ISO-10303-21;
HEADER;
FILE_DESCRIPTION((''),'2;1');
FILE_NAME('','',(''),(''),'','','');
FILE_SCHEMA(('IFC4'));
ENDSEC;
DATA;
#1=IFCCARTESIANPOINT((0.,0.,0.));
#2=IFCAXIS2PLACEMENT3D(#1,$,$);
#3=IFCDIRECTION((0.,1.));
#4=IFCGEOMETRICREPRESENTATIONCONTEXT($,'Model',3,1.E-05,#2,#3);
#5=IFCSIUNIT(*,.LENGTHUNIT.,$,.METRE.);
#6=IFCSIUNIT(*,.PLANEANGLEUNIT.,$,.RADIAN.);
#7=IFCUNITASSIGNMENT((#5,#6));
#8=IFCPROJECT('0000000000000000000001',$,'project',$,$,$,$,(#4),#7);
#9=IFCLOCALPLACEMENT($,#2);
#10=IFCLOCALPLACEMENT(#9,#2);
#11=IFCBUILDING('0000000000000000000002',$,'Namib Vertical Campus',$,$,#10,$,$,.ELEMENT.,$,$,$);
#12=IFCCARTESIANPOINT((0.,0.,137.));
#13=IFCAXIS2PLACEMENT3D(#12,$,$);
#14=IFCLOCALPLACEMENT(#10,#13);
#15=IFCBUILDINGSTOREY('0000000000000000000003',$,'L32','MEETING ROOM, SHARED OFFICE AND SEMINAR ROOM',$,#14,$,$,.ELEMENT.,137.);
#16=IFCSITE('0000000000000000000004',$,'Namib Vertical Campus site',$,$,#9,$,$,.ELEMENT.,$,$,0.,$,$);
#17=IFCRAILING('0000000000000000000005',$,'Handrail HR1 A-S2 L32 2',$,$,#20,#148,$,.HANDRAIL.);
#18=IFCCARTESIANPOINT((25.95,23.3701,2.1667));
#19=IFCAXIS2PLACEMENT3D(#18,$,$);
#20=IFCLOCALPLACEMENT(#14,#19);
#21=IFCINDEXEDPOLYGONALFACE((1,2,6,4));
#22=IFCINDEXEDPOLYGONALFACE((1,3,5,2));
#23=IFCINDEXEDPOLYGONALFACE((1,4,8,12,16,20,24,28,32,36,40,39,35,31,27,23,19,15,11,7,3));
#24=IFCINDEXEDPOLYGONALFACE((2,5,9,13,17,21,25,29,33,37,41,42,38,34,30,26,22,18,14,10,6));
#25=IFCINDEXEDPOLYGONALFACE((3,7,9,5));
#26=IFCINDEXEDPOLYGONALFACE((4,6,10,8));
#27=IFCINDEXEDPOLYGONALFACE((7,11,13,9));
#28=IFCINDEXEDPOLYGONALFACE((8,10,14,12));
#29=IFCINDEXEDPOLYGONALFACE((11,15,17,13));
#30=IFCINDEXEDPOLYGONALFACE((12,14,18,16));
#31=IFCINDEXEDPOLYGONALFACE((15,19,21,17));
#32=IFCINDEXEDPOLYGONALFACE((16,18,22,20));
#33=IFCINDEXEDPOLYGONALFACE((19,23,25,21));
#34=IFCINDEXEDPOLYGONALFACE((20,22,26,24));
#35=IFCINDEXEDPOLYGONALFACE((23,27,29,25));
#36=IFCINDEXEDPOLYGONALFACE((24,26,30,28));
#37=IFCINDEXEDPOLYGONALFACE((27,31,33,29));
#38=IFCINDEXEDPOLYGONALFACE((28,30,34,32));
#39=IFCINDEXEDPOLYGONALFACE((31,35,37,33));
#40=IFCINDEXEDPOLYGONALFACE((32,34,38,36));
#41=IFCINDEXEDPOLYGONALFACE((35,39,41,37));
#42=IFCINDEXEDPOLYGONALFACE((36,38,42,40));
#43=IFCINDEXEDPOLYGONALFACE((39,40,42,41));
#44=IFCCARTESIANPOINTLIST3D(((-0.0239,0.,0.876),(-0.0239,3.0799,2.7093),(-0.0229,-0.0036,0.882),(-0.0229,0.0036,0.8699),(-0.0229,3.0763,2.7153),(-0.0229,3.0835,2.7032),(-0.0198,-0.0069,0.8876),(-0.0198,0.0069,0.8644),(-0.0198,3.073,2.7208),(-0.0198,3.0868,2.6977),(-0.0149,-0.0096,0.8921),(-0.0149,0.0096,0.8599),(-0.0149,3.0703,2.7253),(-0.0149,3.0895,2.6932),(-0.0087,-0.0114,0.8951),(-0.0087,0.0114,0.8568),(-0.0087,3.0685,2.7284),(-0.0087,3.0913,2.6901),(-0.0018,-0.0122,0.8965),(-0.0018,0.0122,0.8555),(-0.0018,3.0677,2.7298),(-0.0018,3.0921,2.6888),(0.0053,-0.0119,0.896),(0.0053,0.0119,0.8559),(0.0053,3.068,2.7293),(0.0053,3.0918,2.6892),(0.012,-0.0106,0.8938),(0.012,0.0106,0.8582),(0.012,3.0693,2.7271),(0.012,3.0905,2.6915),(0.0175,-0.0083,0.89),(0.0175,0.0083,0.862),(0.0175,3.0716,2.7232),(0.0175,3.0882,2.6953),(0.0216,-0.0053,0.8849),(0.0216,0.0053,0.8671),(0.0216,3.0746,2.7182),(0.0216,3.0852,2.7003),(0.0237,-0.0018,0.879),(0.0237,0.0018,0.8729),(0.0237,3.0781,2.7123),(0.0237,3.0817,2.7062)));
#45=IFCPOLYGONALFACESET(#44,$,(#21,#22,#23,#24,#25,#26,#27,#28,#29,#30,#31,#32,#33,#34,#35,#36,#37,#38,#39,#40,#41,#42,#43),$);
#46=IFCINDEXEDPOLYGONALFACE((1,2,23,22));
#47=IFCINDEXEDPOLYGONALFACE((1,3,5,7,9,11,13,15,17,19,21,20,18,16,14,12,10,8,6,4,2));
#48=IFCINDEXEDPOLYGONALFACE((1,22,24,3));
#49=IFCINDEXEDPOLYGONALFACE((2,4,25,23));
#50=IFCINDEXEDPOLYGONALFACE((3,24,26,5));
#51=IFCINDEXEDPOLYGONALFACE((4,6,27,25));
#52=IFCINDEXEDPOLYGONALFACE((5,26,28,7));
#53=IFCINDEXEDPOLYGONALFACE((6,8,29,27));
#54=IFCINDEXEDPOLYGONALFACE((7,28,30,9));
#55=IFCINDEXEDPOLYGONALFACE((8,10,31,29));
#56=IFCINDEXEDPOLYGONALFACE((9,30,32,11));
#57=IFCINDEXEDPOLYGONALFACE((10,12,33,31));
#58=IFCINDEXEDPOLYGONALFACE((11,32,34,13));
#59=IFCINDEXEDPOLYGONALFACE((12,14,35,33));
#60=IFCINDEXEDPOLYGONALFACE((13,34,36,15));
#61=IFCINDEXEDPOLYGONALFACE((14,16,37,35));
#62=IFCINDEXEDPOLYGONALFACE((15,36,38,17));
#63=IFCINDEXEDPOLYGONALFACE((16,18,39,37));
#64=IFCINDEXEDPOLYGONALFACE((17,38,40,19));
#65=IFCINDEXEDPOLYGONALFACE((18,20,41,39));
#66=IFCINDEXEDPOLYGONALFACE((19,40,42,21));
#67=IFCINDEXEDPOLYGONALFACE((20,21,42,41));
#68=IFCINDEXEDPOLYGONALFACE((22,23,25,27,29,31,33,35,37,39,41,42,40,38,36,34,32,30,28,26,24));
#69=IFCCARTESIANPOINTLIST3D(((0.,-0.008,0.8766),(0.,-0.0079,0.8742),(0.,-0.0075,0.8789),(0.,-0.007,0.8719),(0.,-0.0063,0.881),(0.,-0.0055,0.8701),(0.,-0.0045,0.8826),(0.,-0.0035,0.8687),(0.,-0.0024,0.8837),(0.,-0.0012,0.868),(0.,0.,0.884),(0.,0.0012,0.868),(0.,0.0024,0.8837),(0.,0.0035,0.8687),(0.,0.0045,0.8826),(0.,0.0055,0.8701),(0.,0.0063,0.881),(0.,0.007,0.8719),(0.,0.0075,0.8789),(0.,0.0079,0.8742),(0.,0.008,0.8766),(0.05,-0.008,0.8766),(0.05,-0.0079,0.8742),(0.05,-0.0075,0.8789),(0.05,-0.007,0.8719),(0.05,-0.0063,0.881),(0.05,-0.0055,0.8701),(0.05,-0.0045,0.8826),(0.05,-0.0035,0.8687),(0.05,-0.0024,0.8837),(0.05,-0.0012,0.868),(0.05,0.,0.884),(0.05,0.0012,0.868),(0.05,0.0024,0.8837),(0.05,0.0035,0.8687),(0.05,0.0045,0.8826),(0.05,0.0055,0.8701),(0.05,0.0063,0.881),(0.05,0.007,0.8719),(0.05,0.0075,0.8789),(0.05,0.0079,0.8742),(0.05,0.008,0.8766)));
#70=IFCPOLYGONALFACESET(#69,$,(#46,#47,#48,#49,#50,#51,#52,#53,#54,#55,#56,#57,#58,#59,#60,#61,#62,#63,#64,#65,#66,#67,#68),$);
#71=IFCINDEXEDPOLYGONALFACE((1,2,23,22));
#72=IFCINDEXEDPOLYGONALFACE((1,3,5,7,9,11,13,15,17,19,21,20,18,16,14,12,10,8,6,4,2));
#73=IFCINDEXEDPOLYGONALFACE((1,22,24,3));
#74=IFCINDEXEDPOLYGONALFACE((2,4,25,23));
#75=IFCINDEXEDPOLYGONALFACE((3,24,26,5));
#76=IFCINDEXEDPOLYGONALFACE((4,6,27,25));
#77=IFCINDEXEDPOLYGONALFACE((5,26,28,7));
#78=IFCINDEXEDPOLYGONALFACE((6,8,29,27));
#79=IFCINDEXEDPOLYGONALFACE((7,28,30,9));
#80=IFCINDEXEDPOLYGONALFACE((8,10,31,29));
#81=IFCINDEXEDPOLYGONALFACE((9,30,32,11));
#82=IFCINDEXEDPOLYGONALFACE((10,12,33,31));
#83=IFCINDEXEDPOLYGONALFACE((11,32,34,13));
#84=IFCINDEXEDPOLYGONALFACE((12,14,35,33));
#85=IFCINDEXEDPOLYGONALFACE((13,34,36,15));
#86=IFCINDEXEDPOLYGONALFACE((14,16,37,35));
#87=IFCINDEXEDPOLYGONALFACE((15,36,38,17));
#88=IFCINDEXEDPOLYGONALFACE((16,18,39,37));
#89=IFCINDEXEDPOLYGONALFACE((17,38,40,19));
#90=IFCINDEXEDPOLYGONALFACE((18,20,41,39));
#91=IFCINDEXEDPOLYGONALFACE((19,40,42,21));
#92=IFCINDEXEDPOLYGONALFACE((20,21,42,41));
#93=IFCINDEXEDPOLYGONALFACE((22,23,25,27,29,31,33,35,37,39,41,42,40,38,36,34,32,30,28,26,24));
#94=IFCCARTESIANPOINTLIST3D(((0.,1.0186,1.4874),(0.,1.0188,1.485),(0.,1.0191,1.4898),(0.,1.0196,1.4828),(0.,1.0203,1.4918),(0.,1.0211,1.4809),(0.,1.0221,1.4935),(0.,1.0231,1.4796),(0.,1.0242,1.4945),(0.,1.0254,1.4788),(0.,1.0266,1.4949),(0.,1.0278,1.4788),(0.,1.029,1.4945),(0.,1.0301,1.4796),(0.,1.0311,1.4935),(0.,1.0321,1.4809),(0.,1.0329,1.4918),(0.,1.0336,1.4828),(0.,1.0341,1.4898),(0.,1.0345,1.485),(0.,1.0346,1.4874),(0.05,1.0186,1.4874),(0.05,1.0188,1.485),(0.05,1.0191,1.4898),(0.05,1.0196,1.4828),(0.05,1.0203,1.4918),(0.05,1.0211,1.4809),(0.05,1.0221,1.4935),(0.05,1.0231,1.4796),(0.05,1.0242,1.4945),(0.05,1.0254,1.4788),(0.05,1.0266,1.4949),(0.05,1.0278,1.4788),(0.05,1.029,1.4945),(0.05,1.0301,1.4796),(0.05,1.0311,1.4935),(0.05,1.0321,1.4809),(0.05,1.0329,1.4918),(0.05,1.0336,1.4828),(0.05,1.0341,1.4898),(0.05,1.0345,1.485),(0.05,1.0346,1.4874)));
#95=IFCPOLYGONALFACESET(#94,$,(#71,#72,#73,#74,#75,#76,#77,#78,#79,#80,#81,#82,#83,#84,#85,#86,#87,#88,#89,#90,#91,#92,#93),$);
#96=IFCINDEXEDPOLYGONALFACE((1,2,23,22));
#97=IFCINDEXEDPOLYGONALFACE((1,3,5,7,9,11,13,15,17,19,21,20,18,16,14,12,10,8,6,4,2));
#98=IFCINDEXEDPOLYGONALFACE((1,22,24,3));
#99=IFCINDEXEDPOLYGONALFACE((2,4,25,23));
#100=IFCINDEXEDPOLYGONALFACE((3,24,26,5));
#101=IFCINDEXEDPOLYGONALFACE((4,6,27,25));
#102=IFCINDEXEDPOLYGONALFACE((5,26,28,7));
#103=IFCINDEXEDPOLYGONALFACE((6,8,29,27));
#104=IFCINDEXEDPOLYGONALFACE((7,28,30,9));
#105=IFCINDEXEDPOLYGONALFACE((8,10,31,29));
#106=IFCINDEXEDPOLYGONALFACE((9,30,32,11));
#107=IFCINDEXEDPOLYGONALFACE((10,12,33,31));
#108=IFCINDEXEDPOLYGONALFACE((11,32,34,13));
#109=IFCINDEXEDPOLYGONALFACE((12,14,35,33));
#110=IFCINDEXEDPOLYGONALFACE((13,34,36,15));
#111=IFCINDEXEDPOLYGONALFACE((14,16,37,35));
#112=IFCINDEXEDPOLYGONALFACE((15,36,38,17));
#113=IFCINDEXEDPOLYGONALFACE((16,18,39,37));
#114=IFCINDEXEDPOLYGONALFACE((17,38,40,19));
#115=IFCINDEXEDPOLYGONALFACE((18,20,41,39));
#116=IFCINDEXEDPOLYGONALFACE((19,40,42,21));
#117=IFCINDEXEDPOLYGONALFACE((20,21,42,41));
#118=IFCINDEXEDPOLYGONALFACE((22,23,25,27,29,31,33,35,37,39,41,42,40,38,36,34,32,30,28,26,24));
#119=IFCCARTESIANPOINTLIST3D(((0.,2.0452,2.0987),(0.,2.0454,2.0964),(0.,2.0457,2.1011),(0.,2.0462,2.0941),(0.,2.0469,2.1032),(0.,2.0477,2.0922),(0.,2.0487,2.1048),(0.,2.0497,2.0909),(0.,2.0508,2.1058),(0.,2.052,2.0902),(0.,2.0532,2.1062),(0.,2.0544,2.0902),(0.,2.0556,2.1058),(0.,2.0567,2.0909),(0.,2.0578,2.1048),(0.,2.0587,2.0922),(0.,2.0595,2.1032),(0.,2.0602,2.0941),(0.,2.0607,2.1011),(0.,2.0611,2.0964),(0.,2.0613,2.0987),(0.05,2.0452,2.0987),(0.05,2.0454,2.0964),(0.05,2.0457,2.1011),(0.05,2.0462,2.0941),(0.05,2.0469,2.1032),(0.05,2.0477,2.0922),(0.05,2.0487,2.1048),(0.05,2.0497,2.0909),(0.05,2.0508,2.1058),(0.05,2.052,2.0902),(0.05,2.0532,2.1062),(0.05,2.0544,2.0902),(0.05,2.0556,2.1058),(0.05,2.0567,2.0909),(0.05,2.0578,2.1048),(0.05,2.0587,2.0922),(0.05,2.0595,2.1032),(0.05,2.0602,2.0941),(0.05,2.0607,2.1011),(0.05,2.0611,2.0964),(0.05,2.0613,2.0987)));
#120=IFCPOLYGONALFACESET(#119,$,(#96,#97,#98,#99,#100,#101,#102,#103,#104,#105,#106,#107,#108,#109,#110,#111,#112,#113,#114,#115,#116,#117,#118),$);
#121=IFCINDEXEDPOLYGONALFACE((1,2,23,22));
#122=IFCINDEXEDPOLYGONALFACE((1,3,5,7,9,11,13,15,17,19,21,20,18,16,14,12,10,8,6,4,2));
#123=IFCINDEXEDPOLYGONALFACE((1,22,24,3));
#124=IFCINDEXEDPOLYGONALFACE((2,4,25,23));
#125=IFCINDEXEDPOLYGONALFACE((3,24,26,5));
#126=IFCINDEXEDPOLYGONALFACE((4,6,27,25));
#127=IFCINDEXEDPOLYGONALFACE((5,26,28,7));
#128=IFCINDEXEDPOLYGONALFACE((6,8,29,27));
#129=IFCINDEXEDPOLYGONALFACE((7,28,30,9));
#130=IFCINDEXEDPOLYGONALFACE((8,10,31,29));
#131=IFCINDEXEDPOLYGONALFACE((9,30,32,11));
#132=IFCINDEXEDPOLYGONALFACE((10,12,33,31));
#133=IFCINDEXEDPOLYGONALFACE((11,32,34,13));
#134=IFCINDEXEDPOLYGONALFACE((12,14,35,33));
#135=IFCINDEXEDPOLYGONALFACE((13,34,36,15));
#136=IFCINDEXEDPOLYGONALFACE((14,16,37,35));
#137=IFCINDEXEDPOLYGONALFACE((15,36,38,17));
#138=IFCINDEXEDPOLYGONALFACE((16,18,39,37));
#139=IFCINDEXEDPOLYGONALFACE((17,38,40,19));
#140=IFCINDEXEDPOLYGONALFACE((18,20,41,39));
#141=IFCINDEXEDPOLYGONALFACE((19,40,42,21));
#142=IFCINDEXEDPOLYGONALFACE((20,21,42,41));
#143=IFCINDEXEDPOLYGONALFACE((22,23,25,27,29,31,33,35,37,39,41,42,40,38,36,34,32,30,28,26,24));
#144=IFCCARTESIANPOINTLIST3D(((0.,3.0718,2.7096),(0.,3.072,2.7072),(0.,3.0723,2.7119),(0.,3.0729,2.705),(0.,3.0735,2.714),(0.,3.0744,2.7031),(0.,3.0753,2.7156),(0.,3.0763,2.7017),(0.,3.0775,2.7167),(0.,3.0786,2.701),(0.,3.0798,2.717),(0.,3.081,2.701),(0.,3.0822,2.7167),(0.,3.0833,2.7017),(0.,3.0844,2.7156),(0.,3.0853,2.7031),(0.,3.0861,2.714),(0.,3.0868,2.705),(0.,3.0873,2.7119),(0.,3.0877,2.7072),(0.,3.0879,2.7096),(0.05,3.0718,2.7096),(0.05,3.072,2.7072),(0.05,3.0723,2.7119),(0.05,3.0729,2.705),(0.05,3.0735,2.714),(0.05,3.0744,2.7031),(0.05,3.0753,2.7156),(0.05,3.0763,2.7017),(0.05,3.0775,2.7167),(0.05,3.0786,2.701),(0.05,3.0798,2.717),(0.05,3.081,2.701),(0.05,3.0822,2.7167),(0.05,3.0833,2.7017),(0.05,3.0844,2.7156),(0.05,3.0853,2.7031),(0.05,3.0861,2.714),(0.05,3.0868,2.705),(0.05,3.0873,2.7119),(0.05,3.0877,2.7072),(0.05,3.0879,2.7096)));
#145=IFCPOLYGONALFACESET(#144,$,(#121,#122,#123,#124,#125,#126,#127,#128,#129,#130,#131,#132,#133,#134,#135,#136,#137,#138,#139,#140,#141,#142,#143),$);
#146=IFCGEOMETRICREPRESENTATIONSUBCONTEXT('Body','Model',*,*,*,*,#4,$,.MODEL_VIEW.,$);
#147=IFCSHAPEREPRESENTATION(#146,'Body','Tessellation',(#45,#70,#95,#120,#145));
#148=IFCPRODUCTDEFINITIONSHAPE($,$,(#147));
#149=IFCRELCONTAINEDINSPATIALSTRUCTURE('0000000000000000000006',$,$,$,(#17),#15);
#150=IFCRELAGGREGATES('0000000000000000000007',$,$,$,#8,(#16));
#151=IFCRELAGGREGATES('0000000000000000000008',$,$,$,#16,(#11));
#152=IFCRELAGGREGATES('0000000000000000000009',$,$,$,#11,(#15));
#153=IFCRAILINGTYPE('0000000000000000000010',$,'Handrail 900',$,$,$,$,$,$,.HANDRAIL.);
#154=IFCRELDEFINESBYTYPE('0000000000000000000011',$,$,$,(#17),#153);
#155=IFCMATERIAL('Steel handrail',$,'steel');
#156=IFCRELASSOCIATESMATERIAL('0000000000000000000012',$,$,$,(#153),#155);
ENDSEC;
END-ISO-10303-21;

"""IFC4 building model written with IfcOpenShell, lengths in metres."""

from ifc_helpers import new_model, si_unit, direction, frame, origin, origin_2d, place, context, subcontext, project, spatial, circle, extrude, material, type_object, element, save


model = new_model("IFC4")

# Units and contexts
model_context = context("Model", 3, precision=1e-05, world=origin(), true_north=direction((0.0, 1.0)))
body_context = subcontext(model_context, "Body", "Model", "MODEL_VIEW")
ifc_project = project(units=[si_unit("LENGTHUNIT", "METRE"), si_unit("PLANEANGLEUNIT", "RADIAN")], contexts=[model_context])

# Site, building, storey
site_placement = place(None, origin())
site = spatial("IfcSite", under=ifc_project, at=site_placement, Name="Namib Vertical Campus site", CompositionType="ELEMENT", RefElevation=0.0)
building_placement = place(site_placement, origin())
building = spatial("IfcBuilding", under=site, at=building_placement, Name="Namib Vertical Campus", CompositionType="ELEMENT")
storey_placement = place(building_placement, frame((0.0, 0.0, 137.0)))
storey = spatial("IfcBuildingStorey", under=building, at=storey_placement, Name="L32", Description="MEETING ROOM, SHARED OFFICE AND SEMINAR ROOM", CompositionType="ELEMENT", Elevation=137.0)

# Railing
ifc_material_1 = material(Name="Steel handrail", Category="steel")
railing_type_1 = type_object("IfcRailingType", Name="Handrail 900", PredefinedType="HANDRAIL", material=ifc_material_1)
railing_1_placement = place(storey_placement, frame((25.95, 23.3701, 2.1667)))
element("IfcRailing", 1, at=railing_1_placement, inside=storey, type_object=railing_type_1, Name="Handrail HR1 A-S2 L32 2", PredefinedType="HANDRAIL", context=body_context, shape_type="SweptSolid", body=[
    extrude(circle(Radius=0.0239, at=origin_2d()), frame((0.0, 0.0, 0.876), z_axis=(0.0, 0.859291, 0.511487), x_axis=(-1.0, 0.0, 0.0)), (0.0, 0.0, 1.0), 3.5842),
    extrude(circle(Radius=0.0081, at=origin_2d()), frame((0.0, 0.0, 0.876), z_axis=(1.0, 0.0, 0.0), x_axis=(0.0, 0.0, 1.0)), (0.0, 0.0, 1.0), 0.05),
    extrude(circle(Radius=0.0081, at=origin_2d()), frame((0.0, 1.0266, 1.4868), z_axis=(1.0, 0.0, 0.0), x_axis=(0.0, 0.0, 1.0)), (0.0, 0.0, 1.0), 0.05),
    extrude(circle(Radius=0.0081, at=origin_2d()), frame((0.0, 2.0532, 2.0981), z_axis=(1.0, 0.0, 0.0), x_axis=(0.0, 0.0, 1.0)), (0.0, 0.0, 1.0), 0.05),
    extrude(circle(Radius=0.0081, at=origin_2d()), frame((0.0, 3.0798, 2.709), z_axis=(1.0, 0.0, 0.0), x_axis=(0.0, 0.0, 1.0)), (0.0, 0.0, 1.0), 0.05),
])

save(model, "model.ifc")
